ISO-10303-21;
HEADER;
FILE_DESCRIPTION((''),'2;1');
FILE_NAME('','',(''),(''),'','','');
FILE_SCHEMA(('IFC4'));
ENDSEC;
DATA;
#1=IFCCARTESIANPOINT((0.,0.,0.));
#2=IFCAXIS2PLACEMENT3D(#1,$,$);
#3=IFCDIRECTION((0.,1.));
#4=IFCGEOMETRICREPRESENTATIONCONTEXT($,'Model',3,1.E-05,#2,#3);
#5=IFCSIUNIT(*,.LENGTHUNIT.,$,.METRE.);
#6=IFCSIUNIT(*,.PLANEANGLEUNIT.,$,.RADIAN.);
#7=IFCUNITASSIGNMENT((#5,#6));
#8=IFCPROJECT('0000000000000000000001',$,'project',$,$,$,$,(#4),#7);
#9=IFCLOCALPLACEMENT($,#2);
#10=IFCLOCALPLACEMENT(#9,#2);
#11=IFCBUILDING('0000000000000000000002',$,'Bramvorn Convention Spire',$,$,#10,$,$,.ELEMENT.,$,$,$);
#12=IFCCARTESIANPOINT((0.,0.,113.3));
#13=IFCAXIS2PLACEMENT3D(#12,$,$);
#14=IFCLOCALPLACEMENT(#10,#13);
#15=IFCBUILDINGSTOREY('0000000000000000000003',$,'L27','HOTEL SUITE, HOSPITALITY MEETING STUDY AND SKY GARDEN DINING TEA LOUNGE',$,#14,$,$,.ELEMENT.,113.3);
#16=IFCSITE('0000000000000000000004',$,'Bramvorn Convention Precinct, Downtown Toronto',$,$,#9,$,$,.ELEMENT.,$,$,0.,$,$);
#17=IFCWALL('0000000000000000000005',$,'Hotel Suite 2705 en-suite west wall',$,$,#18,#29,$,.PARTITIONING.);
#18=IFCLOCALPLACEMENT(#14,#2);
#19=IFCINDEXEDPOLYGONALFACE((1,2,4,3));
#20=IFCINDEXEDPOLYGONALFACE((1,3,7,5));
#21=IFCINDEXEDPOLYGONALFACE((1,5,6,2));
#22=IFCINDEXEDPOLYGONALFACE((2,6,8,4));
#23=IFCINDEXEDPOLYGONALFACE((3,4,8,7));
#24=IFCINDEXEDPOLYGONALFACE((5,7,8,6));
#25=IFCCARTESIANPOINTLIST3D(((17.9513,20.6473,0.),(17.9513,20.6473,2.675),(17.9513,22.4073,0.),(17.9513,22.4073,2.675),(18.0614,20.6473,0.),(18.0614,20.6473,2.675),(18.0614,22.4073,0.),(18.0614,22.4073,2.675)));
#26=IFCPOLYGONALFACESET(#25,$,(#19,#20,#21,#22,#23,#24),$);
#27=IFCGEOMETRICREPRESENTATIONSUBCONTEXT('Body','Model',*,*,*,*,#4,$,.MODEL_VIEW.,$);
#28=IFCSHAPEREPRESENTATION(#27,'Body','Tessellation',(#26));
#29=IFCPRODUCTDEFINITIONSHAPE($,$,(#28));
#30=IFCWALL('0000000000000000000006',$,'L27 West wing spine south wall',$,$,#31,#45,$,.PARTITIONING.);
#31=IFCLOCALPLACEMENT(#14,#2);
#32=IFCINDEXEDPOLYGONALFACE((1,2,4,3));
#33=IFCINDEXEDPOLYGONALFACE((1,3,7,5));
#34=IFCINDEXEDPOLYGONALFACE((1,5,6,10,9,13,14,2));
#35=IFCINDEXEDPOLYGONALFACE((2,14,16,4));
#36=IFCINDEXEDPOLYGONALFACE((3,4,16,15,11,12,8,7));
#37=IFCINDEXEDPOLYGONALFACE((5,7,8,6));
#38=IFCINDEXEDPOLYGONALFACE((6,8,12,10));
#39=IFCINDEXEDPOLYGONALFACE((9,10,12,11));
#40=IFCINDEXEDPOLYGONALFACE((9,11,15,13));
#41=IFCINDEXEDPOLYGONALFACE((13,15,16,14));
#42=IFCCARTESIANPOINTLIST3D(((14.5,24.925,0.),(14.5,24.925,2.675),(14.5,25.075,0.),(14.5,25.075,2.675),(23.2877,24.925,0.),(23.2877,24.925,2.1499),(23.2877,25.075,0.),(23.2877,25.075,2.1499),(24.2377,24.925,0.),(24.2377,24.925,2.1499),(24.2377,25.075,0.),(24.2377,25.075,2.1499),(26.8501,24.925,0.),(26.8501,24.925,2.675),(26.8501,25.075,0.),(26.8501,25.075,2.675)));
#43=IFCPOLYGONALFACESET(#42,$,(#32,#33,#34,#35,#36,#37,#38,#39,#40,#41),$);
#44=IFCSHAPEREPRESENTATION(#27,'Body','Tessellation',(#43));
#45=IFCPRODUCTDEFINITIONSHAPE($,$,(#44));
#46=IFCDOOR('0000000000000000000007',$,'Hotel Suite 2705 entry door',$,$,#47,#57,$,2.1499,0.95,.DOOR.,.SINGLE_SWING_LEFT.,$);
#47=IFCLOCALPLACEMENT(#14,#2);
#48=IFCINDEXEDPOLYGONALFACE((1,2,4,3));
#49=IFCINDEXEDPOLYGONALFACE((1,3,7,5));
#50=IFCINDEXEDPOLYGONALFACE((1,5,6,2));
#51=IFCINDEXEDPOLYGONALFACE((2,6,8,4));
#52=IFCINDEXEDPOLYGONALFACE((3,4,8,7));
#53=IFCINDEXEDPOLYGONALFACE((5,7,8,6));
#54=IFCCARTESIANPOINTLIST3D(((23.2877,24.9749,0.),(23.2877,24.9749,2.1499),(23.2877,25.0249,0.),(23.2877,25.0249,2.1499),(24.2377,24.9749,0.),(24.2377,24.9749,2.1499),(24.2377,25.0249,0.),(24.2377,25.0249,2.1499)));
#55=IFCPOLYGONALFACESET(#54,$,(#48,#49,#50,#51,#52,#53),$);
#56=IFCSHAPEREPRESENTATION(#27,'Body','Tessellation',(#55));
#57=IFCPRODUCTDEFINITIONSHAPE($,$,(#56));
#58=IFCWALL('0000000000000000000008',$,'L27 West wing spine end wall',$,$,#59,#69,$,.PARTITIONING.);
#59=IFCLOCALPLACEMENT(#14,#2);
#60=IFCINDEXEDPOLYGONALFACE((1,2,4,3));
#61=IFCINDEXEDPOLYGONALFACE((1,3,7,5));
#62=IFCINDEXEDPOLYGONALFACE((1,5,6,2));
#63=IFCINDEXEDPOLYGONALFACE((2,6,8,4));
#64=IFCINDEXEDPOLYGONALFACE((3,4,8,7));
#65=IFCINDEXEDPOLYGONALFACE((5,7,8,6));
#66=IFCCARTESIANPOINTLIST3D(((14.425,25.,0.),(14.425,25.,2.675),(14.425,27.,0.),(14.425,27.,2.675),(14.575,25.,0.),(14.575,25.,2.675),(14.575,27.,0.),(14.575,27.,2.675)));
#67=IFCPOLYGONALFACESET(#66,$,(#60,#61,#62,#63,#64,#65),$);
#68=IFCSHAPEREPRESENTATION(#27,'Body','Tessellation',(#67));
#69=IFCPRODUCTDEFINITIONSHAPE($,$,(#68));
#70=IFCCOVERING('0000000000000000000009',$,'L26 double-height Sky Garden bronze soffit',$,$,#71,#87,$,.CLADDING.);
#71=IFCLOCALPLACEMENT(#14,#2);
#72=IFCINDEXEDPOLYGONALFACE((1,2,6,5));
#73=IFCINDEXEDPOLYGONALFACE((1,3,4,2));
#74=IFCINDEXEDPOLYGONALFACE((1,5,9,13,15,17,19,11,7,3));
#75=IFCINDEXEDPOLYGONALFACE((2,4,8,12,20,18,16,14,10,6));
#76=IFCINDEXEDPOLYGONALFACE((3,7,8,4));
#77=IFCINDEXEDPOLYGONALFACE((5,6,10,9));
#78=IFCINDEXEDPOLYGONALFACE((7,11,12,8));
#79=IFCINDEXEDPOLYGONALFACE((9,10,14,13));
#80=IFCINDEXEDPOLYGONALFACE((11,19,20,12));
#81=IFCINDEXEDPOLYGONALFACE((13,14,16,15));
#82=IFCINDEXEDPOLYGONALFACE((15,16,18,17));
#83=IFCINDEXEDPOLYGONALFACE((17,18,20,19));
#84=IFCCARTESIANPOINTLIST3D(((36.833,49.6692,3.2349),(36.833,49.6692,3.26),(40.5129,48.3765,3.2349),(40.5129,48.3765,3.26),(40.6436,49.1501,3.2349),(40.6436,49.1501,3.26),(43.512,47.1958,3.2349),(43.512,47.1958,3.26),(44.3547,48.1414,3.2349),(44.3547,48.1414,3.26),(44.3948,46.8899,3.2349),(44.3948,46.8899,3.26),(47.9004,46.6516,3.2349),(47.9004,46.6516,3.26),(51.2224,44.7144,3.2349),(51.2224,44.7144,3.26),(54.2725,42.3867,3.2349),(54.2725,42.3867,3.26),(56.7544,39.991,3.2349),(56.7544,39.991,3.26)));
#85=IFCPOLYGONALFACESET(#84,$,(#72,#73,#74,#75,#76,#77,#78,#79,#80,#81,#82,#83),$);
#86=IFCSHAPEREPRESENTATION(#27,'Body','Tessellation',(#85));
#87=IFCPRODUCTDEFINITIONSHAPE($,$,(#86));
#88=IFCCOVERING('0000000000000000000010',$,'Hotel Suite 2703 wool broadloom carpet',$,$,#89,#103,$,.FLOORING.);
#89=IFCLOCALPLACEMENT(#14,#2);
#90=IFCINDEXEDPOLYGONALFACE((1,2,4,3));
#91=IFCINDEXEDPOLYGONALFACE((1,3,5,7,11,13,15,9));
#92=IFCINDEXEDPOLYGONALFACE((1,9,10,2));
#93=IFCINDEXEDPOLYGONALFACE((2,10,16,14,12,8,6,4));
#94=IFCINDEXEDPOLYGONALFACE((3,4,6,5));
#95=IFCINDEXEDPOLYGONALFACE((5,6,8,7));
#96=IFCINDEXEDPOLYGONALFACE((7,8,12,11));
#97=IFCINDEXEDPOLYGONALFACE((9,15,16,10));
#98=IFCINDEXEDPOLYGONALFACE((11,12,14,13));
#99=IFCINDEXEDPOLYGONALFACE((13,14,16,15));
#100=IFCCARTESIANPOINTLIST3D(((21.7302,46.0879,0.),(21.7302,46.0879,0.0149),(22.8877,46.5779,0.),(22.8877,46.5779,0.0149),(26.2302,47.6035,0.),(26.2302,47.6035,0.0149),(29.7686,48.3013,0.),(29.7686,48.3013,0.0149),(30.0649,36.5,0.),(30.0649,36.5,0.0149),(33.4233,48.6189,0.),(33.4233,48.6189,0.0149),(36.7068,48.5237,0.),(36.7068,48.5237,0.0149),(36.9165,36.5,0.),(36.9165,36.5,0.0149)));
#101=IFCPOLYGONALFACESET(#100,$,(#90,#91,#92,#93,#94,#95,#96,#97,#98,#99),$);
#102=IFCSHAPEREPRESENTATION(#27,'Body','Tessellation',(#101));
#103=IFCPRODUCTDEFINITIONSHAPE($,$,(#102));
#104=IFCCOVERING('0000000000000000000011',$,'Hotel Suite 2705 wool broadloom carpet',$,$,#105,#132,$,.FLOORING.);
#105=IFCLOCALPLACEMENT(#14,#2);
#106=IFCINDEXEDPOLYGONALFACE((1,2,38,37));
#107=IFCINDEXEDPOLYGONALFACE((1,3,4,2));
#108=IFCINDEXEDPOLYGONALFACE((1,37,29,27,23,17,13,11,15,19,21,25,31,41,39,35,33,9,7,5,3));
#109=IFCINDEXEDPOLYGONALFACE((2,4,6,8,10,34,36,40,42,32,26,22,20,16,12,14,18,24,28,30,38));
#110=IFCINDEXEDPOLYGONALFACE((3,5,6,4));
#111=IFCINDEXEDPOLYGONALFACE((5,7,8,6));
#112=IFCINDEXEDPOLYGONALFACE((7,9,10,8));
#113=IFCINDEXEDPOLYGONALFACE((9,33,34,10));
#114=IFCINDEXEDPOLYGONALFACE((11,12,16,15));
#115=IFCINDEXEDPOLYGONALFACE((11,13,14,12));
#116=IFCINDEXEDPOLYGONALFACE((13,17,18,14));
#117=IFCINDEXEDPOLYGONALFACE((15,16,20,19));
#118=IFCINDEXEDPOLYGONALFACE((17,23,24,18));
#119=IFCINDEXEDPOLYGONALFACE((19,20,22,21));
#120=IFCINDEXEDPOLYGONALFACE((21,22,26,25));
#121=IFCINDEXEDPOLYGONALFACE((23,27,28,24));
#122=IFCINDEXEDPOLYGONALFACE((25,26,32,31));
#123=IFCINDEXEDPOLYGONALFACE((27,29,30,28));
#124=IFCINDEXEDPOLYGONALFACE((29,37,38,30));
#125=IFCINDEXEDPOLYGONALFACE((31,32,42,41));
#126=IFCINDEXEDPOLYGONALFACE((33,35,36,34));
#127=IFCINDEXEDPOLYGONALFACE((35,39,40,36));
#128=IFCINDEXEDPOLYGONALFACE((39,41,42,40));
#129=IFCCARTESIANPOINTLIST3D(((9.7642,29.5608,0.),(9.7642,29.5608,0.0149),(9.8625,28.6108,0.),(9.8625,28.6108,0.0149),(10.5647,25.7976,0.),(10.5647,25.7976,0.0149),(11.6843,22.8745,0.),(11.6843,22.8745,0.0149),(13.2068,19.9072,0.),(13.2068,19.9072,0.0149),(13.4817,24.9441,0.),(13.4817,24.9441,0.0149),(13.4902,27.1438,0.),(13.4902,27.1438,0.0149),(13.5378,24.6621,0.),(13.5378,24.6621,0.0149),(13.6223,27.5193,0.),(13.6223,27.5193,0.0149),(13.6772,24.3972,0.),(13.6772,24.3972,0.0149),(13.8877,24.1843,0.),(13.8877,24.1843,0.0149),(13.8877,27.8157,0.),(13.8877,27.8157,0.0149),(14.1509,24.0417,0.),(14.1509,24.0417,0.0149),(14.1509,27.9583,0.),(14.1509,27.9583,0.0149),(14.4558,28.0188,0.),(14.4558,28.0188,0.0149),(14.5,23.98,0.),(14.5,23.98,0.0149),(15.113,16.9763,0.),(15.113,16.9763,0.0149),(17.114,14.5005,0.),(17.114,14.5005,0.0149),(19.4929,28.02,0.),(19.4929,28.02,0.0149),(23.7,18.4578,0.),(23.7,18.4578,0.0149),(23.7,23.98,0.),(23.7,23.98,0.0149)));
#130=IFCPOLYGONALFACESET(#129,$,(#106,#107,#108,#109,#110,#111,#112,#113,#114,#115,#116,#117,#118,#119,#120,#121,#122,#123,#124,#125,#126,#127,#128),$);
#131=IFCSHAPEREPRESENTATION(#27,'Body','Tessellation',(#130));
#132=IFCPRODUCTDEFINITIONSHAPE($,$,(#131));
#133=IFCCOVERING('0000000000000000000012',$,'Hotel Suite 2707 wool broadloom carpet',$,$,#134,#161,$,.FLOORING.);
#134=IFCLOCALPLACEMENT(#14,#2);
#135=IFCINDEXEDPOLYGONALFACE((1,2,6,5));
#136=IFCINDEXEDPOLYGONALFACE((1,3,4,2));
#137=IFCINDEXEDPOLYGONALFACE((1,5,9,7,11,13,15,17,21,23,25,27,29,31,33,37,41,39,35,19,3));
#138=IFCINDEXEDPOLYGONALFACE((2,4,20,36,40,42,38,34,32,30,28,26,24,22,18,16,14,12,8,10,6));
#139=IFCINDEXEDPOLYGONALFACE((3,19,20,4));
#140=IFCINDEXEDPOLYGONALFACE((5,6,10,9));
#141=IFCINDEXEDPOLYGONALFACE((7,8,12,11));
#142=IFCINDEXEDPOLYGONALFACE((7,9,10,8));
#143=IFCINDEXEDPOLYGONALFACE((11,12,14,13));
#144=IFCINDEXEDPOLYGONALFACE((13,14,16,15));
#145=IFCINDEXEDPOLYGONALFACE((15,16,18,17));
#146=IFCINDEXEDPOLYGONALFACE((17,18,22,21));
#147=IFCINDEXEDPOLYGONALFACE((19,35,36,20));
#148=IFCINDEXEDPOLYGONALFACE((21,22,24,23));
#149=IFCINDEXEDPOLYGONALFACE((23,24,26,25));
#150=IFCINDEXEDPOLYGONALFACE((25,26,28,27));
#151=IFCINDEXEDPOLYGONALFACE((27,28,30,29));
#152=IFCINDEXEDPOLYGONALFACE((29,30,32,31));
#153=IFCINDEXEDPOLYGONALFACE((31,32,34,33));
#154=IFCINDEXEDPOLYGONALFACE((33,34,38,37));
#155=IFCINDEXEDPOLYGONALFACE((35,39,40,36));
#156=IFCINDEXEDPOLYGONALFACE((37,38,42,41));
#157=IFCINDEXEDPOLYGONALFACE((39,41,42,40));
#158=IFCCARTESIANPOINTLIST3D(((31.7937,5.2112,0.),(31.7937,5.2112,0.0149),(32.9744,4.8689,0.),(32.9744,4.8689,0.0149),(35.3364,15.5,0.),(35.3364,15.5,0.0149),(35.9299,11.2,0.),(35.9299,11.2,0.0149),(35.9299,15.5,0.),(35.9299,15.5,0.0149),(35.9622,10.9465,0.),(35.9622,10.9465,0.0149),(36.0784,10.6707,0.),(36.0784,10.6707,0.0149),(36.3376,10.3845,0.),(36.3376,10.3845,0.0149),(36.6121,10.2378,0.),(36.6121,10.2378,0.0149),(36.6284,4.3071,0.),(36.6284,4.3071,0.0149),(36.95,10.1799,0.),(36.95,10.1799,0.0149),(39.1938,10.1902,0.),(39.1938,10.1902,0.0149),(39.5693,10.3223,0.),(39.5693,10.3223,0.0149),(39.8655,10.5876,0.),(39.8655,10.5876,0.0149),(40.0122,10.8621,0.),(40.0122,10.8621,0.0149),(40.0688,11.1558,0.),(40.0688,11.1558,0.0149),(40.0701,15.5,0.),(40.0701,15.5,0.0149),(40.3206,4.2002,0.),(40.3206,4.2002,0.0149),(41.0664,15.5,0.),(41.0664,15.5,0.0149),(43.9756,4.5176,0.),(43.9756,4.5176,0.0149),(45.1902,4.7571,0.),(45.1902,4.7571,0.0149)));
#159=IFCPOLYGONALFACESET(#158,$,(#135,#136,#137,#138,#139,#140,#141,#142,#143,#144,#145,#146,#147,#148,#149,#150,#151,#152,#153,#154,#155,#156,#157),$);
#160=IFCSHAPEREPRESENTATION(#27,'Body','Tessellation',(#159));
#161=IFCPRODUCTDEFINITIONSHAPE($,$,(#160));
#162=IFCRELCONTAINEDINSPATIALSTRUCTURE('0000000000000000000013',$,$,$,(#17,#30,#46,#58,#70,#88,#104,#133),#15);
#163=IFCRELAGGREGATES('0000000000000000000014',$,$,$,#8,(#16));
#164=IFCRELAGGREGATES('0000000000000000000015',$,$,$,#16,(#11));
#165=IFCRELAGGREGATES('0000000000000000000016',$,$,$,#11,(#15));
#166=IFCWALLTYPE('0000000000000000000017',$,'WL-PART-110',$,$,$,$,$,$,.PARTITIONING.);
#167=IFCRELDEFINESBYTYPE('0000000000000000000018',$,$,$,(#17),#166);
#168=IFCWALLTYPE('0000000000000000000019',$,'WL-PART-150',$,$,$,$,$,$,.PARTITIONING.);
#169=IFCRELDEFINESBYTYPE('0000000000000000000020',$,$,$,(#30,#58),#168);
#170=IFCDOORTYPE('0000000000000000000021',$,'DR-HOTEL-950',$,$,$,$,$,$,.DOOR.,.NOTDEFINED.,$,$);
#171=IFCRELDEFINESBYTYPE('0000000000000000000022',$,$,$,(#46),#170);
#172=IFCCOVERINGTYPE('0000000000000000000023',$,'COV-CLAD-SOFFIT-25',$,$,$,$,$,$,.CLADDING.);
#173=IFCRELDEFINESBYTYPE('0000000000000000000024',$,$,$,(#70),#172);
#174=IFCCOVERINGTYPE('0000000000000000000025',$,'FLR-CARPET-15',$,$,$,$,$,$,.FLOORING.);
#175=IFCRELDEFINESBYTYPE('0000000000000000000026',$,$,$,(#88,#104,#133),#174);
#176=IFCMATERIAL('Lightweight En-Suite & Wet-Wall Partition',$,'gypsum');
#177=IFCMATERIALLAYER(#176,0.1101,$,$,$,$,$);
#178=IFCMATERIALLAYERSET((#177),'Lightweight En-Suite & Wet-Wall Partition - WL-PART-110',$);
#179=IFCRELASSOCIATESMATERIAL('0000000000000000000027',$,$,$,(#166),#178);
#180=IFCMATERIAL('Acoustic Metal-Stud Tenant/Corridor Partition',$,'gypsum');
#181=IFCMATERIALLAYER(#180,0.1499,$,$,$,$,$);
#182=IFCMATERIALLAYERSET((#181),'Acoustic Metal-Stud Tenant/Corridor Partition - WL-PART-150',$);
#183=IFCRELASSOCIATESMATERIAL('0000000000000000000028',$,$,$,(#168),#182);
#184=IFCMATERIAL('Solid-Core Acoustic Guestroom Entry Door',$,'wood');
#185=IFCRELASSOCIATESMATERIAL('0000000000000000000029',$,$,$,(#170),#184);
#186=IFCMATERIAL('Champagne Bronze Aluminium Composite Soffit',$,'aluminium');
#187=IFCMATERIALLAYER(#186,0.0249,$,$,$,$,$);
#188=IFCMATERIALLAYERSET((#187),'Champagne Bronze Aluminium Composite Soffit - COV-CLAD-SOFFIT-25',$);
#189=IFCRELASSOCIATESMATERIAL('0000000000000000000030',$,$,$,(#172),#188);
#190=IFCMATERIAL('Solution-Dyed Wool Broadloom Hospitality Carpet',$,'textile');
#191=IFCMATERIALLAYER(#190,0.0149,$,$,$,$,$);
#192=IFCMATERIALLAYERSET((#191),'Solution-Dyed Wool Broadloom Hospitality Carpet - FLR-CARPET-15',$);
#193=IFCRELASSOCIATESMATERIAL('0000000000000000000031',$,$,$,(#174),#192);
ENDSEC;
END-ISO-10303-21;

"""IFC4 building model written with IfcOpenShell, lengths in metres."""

from ifc_helpers import new_model, si_unit, direction, frame, frame_2d, origin, place, context, subcontext, project, spatial, polyline, rectangle, outline, extrude, material, layer, layer_set, type_object, element, fill, save


model = new_model("IFC4")

# Units and contexts
model_context = context("Model", 3, precision=1e-05, world=origin(), true_north=direction((0.0, 1.0)))
body_context = subcontext(model_context, "Body", "Model", "MODEL_VIEW")
ifc_project = project(units=[si_unit("LENGTHUNIT", "METRE"), si_unit("PLANEANGLEUNIT", "RADIAN")], contexts=[model_context])

# Site, building, storey
site_placement = place(None, origin())
site = spatial("IfcSite", under=ifc_project, at=site_placement, Name="Bramvorn Convention Precinct, Downtown Toronto", CompositionType="ELEMENT", RefElevation=0.0)
building_placement = place(site_placement, origin())
building = spatial("IfcBuilding", under=site, at=building_placement, Name="Bramvorn Convention Spire", CompositionType="ELEMENT")
storey_placement = place(building_placement, frame((0.0, 0.0, 113.3)))
storey = spatial("IfcBuildingStorey", under=building, at=storey_placement, Name="L27", Description="HOTEL SUITE, HOSPITALITY MEETING STUDY AND SKY GARDEN DINING TEA LOUNGE", CompositionType="ELEMENT", Elevation=113.3)

# Shared definitions
ifc_material_1 = material(Name="Lightweight En-Suite & Wet-Wall Partition", Category="gypsum")
ifc_layer_1 = layer(ifc_material_1, 0.1101)
ifc_layer_set_1 = layer_set([ifc_layer_1], Name="Lightweight En-Suite & Wet-Wall Partition - WL-PART-110")
wall_type_1 = type_object("IfcWallType", Name="WL-PART-110", PredefinedType="PARTITIONING", material=ifc_layer_set_1)

# Wall
wall_1_placement = place(storey_placement, frame((18.0063, 20.6475, 0.0), z_axis=(0.0, 0.0, 1.0), x_axis=(0.0, 1.0, 0.0)))
element("IfcWall", 1, at=wall_1_placement, inside=storey, type_object=wall_type_1, Name="Hotel Suite 2705 en-suite west wall", PredefinedType="PARTITIONING", context=body_context, shape_type="SweptSolid", body=[
    extrude(rectangle(XDim=1.76, YDim=0.1101, at=frame_2d((0.8799, 0.0))), origin(), (0.0, 0.0, 1.0), 2.675),
])

# Wall, opening, door
ifc_material_2 = material(Name="Acoustic Metal-Stud Tenant/Corridor Partition", Category="gypsum")
ifc_layer_2 = layer(ifc_material_2, 0.1499)
ifc_layer_set_2 = layer_set([ifc_layer_2], Name="Acoustic Metal-Stud Tenant/Corridor Partition - WL-PART-150")
wall_type_2 = type_object("IfcWallType", Name="WL-PART-150", PredefinedType="PARTITIONING", material=ifc_layer_set_2)
wall_2_placement = place(storey_placement, frame((14.5, 25.0, 0.0), z_axis=(0.0, 0.0, 1.0), x_axis=(1.0, 0.0, 0.0)))
wall_2 = element("IfcWall", 2, at=wall_2_placement, inside=storey, type_object=wall_type_2, Name="L27 West wing spine south wall", PredefinedType="PARTITIONING", context=body_context, shape_type="SweptSolid", body=[
    extrude(rectangle(XDim=12.3501, YDim=0.1499, at=frame_2d((6.175, 0.0))), origin(), (0.0, 0.0, 1.0), 2.675),
])
opening_1_placement = place(wall_2_placement, frame((8.7876, 0.0, 0.0)))
opening_1 = element("IfcOpeningElement", 3, at=opening_1_placement, cuts=wall_2, PredefinedType="OPENING", context=body_context, shape_type="SweptSolid", body=[
    extrude(rectangle(XDim=0.95, YDim=2.1499, at=frame_2d((0.4751, 1.075))), frame((0.0, 0.085, 0.0), z_axis=(0.0, -1.0, 0.0), x_axis=(1.0, 0.0, 0.0)), (0.0, 0.0, 1.0), 0.1699),
])
ifc_material_3 = material(Name="Solid-Core Acoustic Guestroom Entry Door", Category="wood")
door_type_1 = type_object("IfcDoorType", Name="DR-HOTEL-950", OperationType="NOTDEFINED", PredefinedType="DOOR", material=ifc_material_3)
door_1_placement = place(opening_1_placement, origin())
door_1 = element("IfcDoor", 4, at=door_1_placement, inside=storey, type_object=door_type_1, Name="Hotel Suite 2705 entry door", OperationType="SINGLE_SWING_LEFT", OverallHeight=2.1499, OverallWidth=0.95, PredefinedType="DOOR", context=body_context, shape_type="SweptSolid", body=[
    extrude(rectangle(XDim=0.95, YDim=2.1499, at=frame_2d((0.4751, 1.075))), frame((0.0, 0.0249, 0.0), z_axis=(0.0, -1.0, 0.0), x_axis=(1.0, 0.0, 0.0)), (0.0, 0.0, 1.0), 0.05),
])
fill(opening_1, door_1)

# Wall
wall_3_placement = place(storey_placement, frame((14.5, 25.0, 0.0), z_axis=(0.0, 0.0, 1.0), x_axis=(0.0, 1.0, 0.0)))
element("IfcWall", 5, at=wall_3_placement, inside=storey, type_object=wall_type_2, Name="L27 West wing spine end wall", PredefinedType="PARTITIONING", context=body_context, shape_type="SweptSolid", body=[
    extrude(rectangle(XDim=2.0, YDim=0.1499, at=frame_2d((1.0, 0.0))), origin(), (0.0, 0.0, 1.0), 2.675),
])

# Coverings
ifc_material_4 = material(Name="Champagne Bronze Aluminium Composite Soffit", Category="aluminium")
ifc_layer_3 = layer(ifc_material_4, 0.0249)
ifc_layer_set_3 = layer_set([ifc_layer_3], Name="Champagne Bronze Aluminium Composite Soffit - COV-CLAD-SOFFIT-25")
covering_type_1 = type_object("IfcCoveringType", Name="COV-CLAD-SOFFIT-25", PredefinedType="CLADDING", material=ifc_layer_set_3)
covering_1_placement = place(storey_placement, frame((0.0, 0.0, 3.2349)))
element("IfcCovering", 6, at=covering_1_placement, inside=storey, type_object=covering_type_1, Name="L26 double-height Sky Garden bronze soffit", PredefinedType="CLADDING", context=body_context, shape_type="SweptSolid", body=[
    extrude(outline(polyline([(36.833, 49.6692), (40.5129, 48.3765), (43.512, 47.1958), (44.3948, 46.8899), (56.7544, 39.991), (54.2725, 42.3867), (51.2224, 44.7144), (47.9004, 46.6516), (44.3547, 48.1414), (40.6436, 49.1501), (36.833, 49.6692)])), origin(), (0.0, 0.0, 1.0), 0.0251),
])
ifc_material_5 = material(Name="Solution-Dyed Wool Broadloom Hospitality Carpet", Category="textile")
ifc_layer_4 = layer(ifc_material_5, 0.0149)
ifc_layer_set_4 = layer_set([ifc_layer_4], Name="Solution-Dyed Wool Broadloom Hospitality Carpet - FLR-CARPET-15")
covering_type_2 = type_object("IfcCoveringType", Name="FLR-CARPET-15", PredefinedType="FLOORING", material=ifc_layer_set_4)
covering_2_placement = place(storey_placement, origin())
element("IfcCovering", 7, at=covering_2_placement, inside=storey, type_object=covering_type_2, Name="Hotel Suite 2703 wool broadloom carpet", PredefinedType="FLOORING", context=body_context, shape_type="SweptSolid", body=[
    extrude(outline(polyline([(22.8877, 46.5779), (21.7302, 46.0879), (30.0649, 36.5), (36.9165, 36.5), (36.7068, 48.5237), (33.4233, 48.6189), (29.7686, 48.3013), (26.2302, 47.6035), (22.8877, 46.5779)])), origin(), (0.0, 0.0, 1.0), 0.0149),
])
covering_3_placement = place(storey_placement, origin())
element("IfcCovering", 8, at=covering_3_placement, inside=storey, type_object=covering_type_2, Name="Hotel Suite 2705 wool broadloom carpet", PredefinedType="FLOORING", context=body_context, shape_type="SweptSolid", body=[
    extrude(outline(polyline([(17.114, 14.5005), (23.7, 18.4578), (23.7, 23.98), (14.5, 23.98), (14.1509, 24.0417), (13.8877, 24.1843), (13.6772, 24.3972), (13.5378, 24.6621), (13.4817, 24.9441), (13.4902, 27.1438), (13.6223, 27.5193), (13.8877, 27.8157), (14.1509, 27.9583), (14.4558, 28.0188), (19.4929, 28.02), (9.7642, 29.5608), (9.8625, 28.6108), (10.5647, 25.7976), (11.6843, 22.8745), (13.2068, 19.9072), (15.113, 16.9763), (17.114, 14.5005)])), origin(), (0.0, 0.0, 1.0), 0.0149),
])
covering_4_placement = place(storey_placement, origin())
element("IfcCovering", 9, at=covering_4_placement, inside=storey, type_object=covering_type_2, Name="Hotel Suite 2707 wool broadloom carpet", PredefinedType="FLOORING", context=body_context, shape_type="SweptSolid", body=[
    extrude(outline(polyline([(43.9756, 4.5176), (45.1902, 4.7571), (41.0664, 15.5), (40.0701, 15.5), (40.0688, 11.1558), (40.0122, 10.8621), (39.8655, 10.5876), (39.5693, 10.3223), (39.1938, 10.1902), (36.95, 10.1799), (36.6121, 10.2378), (36.3376, 10.3845), (36.0784, 10.6707), (35.9622, 10.9465), (35.9299, 11.2), (35.9299, 15.5), (35.3364, 15.5), (31.7937, 5.2112), (32.9744, 4.8689), (36.6284, 4.3071), (40.3206, 4.2002), (43.9756, 4.5176)])), origin(), (0.0, 0.0, 1.0), 0.0149),
])

save(model, "model.ifc")
